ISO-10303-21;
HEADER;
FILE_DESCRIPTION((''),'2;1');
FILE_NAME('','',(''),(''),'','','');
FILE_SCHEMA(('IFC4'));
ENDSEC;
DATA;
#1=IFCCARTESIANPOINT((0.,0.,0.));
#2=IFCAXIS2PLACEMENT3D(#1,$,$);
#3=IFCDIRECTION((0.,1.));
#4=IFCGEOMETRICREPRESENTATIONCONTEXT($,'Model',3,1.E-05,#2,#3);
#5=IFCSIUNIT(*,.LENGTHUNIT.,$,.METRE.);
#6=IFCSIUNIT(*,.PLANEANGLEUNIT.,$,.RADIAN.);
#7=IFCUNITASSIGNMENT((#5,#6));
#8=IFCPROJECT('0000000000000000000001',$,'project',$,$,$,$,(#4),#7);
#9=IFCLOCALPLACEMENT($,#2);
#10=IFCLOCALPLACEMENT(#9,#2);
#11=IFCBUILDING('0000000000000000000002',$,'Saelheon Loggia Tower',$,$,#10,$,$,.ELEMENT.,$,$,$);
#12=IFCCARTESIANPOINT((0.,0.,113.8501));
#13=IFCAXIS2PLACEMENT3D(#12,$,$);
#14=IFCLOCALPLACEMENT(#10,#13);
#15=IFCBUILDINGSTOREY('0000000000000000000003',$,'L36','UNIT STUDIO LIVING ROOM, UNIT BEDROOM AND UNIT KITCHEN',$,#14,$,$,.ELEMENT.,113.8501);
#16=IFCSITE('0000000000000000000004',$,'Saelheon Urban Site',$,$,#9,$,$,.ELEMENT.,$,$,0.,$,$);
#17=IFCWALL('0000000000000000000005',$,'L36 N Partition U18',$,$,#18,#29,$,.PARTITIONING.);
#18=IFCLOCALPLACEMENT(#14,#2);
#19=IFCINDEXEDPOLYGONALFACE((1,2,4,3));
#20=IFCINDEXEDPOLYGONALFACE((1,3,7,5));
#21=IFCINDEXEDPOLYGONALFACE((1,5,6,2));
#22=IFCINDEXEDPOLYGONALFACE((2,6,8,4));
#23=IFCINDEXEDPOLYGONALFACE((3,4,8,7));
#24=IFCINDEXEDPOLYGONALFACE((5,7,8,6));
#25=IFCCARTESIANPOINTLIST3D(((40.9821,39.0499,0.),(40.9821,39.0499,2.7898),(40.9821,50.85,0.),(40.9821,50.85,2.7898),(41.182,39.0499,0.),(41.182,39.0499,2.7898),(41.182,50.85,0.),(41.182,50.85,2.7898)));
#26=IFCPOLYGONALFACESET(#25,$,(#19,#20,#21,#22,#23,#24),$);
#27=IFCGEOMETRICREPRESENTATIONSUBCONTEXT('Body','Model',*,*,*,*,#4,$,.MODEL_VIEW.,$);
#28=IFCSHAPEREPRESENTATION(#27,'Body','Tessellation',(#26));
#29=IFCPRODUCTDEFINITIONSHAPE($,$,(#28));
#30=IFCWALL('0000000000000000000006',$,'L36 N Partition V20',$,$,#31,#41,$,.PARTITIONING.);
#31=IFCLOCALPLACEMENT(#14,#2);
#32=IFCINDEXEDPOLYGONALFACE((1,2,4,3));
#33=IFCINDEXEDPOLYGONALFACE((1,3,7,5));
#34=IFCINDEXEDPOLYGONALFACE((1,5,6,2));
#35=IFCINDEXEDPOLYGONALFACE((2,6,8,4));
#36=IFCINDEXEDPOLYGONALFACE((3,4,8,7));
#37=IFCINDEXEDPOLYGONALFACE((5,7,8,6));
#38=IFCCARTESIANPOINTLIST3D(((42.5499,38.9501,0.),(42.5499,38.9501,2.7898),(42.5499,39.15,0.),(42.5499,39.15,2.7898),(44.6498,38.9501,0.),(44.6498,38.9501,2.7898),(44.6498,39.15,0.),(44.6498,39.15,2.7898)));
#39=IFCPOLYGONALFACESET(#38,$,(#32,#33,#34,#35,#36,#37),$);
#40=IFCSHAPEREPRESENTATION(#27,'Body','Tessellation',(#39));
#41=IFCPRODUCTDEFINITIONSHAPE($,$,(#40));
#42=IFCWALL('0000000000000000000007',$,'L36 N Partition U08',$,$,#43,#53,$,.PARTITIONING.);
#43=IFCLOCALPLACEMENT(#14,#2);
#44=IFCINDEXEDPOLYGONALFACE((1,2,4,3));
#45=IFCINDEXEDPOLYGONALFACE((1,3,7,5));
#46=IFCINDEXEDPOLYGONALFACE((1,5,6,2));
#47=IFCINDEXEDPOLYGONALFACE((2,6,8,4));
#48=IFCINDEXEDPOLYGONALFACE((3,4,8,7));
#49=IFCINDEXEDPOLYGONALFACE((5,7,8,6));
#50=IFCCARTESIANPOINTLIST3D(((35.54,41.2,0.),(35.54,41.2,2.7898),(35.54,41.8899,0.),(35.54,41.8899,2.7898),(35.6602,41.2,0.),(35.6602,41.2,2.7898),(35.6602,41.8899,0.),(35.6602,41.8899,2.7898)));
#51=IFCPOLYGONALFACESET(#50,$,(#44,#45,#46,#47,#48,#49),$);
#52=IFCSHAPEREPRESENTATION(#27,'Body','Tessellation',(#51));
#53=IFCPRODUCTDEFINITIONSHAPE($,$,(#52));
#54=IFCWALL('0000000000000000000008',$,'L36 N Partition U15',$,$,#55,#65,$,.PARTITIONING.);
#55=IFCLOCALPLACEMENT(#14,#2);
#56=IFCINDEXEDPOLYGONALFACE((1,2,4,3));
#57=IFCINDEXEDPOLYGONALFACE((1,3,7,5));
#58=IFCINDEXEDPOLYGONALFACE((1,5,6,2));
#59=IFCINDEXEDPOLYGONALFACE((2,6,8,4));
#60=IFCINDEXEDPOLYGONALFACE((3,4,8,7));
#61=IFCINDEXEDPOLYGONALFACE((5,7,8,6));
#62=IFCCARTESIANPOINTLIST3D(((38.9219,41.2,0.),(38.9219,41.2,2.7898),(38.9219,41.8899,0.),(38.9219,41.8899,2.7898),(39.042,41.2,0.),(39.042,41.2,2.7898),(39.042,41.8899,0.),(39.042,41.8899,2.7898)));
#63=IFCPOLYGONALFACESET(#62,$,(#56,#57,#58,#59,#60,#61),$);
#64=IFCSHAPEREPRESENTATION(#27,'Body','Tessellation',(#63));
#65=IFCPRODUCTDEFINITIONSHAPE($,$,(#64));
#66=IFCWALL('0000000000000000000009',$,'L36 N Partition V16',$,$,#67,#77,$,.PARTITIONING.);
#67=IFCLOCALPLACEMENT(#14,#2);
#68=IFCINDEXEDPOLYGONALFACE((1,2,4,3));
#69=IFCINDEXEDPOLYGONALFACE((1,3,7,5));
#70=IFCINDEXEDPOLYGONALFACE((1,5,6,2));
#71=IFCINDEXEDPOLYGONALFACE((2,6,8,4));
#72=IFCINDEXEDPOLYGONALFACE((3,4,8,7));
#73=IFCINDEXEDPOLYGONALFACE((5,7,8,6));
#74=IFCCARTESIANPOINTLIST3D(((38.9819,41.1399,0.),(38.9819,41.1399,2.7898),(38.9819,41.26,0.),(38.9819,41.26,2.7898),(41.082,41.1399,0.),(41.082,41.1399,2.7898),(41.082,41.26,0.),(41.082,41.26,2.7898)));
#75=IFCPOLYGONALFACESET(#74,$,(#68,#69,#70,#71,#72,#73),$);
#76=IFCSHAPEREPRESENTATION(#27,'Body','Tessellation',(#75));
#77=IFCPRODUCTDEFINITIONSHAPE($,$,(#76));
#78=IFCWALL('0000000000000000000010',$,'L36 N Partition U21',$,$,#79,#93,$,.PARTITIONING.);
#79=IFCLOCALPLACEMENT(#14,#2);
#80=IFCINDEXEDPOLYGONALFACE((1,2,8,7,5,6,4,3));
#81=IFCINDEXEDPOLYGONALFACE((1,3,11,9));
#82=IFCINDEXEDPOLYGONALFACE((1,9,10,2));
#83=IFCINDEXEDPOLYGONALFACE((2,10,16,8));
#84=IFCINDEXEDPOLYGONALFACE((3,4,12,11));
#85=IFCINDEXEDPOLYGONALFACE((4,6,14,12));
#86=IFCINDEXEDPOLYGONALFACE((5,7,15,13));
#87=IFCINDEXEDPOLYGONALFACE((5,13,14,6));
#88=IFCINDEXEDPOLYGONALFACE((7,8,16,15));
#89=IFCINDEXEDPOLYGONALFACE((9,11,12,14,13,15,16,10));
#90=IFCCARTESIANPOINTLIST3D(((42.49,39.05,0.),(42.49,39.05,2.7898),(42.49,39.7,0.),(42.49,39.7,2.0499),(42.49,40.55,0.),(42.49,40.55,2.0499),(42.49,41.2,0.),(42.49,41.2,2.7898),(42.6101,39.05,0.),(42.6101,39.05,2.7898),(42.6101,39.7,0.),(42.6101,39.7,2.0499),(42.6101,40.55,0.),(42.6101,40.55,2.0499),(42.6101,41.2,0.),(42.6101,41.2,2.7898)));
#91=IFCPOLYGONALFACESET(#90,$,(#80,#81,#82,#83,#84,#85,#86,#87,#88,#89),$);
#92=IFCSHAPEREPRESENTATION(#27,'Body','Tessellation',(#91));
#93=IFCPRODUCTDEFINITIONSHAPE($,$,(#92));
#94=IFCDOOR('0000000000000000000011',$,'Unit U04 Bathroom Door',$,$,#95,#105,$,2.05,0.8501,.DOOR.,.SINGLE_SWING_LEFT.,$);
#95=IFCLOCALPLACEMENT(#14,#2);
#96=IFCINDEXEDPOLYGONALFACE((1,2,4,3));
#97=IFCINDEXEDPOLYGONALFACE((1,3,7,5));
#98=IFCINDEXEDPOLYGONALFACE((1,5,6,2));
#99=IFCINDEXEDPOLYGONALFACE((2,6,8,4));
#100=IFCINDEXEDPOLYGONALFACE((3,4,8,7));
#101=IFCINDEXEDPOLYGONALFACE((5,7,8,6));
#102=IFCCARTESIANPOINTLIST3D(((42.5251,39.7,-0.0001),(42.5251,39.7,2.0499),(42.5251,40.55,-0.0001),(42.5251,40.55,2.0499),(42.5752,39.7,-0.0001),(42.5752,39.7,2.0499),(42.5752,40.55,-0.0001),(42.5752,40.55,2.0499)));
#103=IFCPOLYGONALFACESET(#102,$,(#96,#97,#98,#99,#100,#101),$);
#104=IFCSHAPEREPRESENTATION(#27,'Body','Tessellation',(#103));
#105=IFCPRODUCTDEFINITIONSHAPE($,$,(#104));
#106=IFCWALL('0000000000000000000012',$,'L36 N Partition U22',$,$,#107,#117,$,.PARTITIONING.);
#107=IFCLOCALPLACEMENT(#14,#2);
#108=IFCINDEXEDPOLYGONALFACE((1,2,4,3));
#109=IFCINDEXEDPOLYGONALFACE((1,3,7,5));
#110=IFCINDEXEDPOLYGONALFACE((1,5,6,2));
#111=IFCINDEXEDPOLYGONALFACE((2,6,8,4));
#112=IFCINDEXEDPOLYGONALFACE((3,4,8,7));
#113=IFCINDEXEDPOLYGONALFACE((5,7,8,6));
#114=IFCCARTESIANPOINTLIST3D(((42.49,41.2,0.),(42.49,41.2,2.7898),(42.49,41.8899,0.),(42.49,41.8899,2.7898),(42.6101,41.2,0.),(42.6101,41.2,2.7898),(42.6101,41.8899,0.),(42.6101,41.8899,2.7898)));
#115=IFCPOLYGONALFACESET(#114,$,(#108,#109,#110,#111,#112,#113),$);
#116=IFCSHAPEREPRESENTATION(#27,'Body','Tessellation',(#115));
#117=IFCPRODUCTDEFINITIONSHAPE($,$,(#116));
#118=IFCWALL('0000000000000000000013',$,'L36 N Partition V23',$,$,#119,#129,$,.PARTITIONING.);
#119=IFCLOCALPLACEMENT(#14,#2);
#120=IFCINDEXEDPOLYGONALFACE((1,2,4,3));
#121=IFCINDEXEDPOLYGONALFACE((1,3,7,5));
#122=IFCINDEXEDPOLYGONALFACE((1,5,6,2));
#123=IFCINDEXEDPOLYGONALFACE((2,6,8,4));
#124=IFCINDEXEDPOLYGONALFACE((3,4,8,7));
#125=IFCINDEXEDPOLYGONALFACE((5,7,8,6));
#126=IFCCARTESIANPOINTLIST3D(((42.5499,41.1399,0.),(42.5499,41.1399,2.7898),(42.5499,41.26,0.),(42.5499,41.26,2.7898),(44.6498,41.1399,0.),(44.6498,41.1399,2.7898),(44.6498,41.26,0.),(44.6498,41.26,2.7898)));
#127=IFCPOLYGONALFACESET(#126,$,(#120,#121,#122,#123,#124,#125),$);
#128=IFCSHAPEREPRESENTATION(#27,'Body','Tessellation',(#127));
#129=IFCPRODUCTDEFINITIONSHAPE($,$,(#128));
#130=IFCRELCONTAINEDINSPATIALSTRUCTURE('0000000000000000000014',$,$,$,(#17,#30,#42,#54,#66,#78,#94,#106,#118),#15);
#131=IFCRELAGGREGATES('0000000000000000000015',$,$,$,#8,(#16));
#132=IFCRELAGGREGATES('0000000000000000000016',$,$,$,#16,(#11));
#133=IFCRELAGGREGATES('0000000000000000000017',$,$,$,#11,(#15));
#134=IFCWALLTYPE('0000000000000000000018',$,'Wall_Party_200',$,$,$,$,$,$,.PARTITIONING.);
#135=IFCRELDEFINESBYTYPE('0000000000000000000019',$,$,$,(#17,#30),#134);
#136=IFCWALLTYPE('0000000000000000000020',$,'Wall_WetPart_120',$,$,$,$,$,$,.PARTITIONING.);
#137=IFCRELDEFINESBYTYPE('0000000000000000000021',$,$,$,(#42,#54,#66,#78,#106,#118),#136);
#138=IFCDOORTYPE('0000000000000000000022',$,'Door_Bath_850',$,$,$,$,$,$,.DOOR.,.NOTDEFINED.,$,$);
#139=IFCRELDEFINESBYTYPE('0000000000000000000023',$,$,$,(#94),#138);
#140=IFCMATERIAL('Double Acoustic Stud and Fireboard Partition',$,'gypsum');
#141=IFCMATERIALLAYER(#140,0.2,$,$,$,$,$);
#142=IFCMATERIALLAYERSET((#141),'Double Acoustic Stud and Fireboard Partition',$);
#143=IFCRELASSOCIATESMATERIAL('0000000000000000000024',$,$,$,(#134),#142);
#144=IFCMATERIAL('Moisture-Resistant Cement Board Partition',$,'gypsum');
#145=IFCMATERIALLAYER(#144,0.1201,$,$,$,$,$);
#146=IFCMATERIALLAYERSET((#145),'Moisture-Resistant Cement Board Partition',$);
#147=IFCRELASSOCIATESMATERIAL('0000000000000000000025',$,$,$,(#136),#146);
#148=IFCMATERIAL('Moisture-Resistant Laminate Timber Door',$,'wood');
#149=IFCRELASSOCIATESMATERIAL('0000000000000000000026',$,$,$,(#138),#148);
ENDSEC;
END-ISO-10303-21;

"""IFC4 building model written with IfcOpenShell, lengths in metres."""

from ifc_helpers import new_model, si_unit, direction, frame, frame_2d, origin, place, context, subcontext, project, spatial, rectangle, extrude, source, transform, mapped, material, layer, layer_set, type_object, element, fill, save


model = new_model("IFC4")

# Units and contexts
model_context = context("Model", 3, precision=1e-05, world=origin(), true_north=direction((0.0, 1.0)))
body_context = subcontext(model_context, "Body", "Model", "MODEL_VIEW")
ifc_project = project(units=[si_unit("LENGTHUNIT", "METRE"), si_unit("PLANEANGLEUNIT", "RADIAN")], contexts=[model_context])

# Site, building, storey
site_placement = place(None, origin())
site = spatial("IfcSite", under=ifc_project, at=site_placement, Name="Saelheon Urban Site", CompositionType="ELEMENT", RefElevation=0.0)
building_placement = place(site_placement, origin())
building = spatial("IfcBuilding", under=site, at=building_placement, Name="Saelheon Loggia Tower", CompositionType="ELEMENT")
storey_placement = place(building_placement, frame((0.0, 0.0, 113.8501)))
storey = spatial("IfcBuildingStorey", under=building, at=storey_placement, Name="L36", Description="UNIT STUDIO LIVING ROOM, UNIT BEDROOM AND UNIT KITCHEN", CompositionType="ELEMENT", Elevation=113.8501)

# Wall
ifc_material_1 = material(Name="Double Acoustic Stud and Fireboard Partition", Category="gypsum")
ifc_layer_1 = layer(ifc_material_1, 0.2)
ifc_layer_set_1 = layer_set([ifc_layer_1], Name="Double Acoustic Stud and Fireboard Partition")
wall_type_1 = type_object("IfcWallType", Name="Wall_Party_200", PredefinedType="PARTITIONING", material=ifc_layer_set_1)
wall_1_placement = place(storey_placement, frame((41.082, 39.05, 0.0), z_axis=(0.0, 0.0, 1.0), x_axis=(0.0, 1.0, 0.0)))
element("IfcWall", 1, at=wall_1_placement, inside=storey, type_object=wall_type_1, Name="L36 N Partition U18", PredefinedType="PARTITIONING", context=body_context, shape_type="SweptSolid", body=[
    extrude(rectangle(XDim=11.8, YDim=0.2, at=frame_2d((5.8999, 0.0))), origin(), (0.0, 0.0, 1.0), 2.7898),
])

# Walls
wall_2_placement = place(storey_placement, frame((42.55, 39.05, 0.0), z_axis=(0.0, 0.0, 1.0), x_axis=(1.0, 0.0, 0.0)))
element("IfcWall", 2, at=wall_2_placement, inside=storey, type_object=wall_type_1, Name="L36 N Partition V20", PredefinedType="PARTITIONING", context=body_context, shape_type="SweptSolid", body=[
    extrude(rectangle(XDim=2.0999, YDim=0.2, at=frame_2d((1.0498, 0.0))), origin(), (0.0, 0.0, 1.0), 2.7898),
])
ifc_material_2 = material(Name="Moisture-Resistant Cement Board Partition", Category="gypsum")
ifc_layer_2 = layer(ifc_material_2, 0.1201)
ifc_layer_set_2 = layer_set([ifc_layer_2], Name="Moisture-Resistant Cement Board Partition")
wall_type_2 = type_object("IfcWallType", Name="Wall_WetPart_120", PredefinedType="PARTITIONING", material=ifc_layer_set_2)
for number, where, z_axis, x_axis, name in (
    (3, (35.6001, 41.2, 0.0), (0.0, 0.0, 1.0), (0.0, 1.0, 0.0), "L36 N Partition U08"),
    (4, (38.9819, 41.2, 0.0), (0.0, 0.0, 1.0), (0.0, 1.0, 0.0), "L36 N Partition U15"),
):
    element("IfcWall", number, at=place(storey_placement, frame(where, z_axis=z_axis, x_axis=x_axis)), inside=storey, type_object=wall_type_2, Name=name, PredefinedType="PARTITIONING", context=body_context, shape_type="SweptSolid", body=[
        extrude(rectangle(XDim=0.6899, YDim=0.1201, at=frame_2d((0.345, 0.0))), origin(), (0.0, 0.0, 1.0), 2.7898),
    ])
wall_3_placement = place(storey_placement, frame((38.9819, 41.2, 0.0), z_axis=(0.0, 0.0, 1.0), x_axis=(1.0, 0.0, 0.0)))
element("IfcWall", 5, at=wall_3_placement, inside=storey, type_object=wall_type_2, Name="L36 N Partition V16", PredefinedType="PARTITIONING", context=body_context, shape_type="SweptSolid", body=[
    extrude(rectangle(XDim=2.1001, YDim=0.1201, at=frame_2d((1.05, 0.0))), origin(), (0.0, 0.0, 1.0), 2.7898),
])

# Wall, opening, door
wall_4_placement = place(storey_placement, frame((42.55, 39.05, 0.0), z_axis=(0.0, 0.0, 1.0), x_axis=(0.0, 1.0, 0.0)))
wall_4 = element("IfcWall", 6, at=wall_4_placement, inside=storey, type_object=wall_type_2, Name="L36 N Partition U21", PredefinedType="PARTITIONING", context=body_context, shape_type="SweptSolid", body=[
    extrude(rectangle(XDim=2.1499, YDim=0.1201, at=frame_2d((1.075, 0.0))), origin(), (0.0, 0.0, 1.0), 2.7898),
])
opening_1_placement = place(wall_4_placement, frame((0.6499, 0.0, 0.0)))
opening_1 = element("IfcOpeningElement", 7, at=opening_1_placement, cuts=wall_4, PredefinedType="OPENING", context=body_context, shape_type="SweptSolid", body=[
    extrude(rectangle(XDim=0.8501, YDim=2.05, at=frame_2d((0.425, 1.0249))), frame((0.0, 0.072, 0.0), z_axis=(0.0, -1.0, 0.0), x_axis=(1.0, 0.0, 0.0)), (0.0, 0.0, 1.0), 0.144),
])
ifc_material_3 = material(Name="Moisture-Resistant Laminate Timber Door", Category="wood")
door_type_1 = type_object("IfcDoorType", Name="Door_Bath_850", OperationType="NOTDEFINED", PredefinedType="DOOR", material=ifc_material_3)
shared_shape_1 = source(origin(), body_context, "Body", "SweptSolid", [
    extrude(rectangle(XDim=0.8501, YDim=2.05, at=frame_2d((0.425, 1.0249))), frame((0.0, 0.0249, 0.0), z_axis=(0.0, -1.0, 0.0), x_axis=(1.0, 0.0, 0.0)), (0.0, 0.0, 1.0), 0.05),
])
door_1_placement = place(opening_1_placement, origin())
door_1 = element("IfcDoor", 8, at=door_1_placement, inside=storey, type_object=door_type_1, Name="Unit U04 Bathroom Door", OperationType="SINGLE_SWING_LEFT", OverallHeight=2.05, OverallWidth=0.8501, PredefinedType="DOOR", context=body_context, shape_type="MappedRepresentation", body=[
    mapped(shared_shape_1, transform((0.0, 0.0, 0.0), scale=1.0)),
])
fill(opening_1, door_1)

# Walls
wall_5_placement = place(storey_placement, frame((42.55, 41.2, 0.0), z_axis=(0.0, 0.0, 1.0), x_axis=(0.0, 1.0, 0.0)))
element("IfcWall", 9, at=wall_5_placement, inside=storey, type_object=wall_type_2, Name="L36 N Partition U22", PredefinedType="PARTITIONING", context=body_context, shape_type="SweptSolid", body=[
    extrude(rectangle(XDim=0.6899, YDim=0.1201, at=frame_2d((0.345, 0.0))), origin(), (0.0, 0.0, 1.0), 2.7898),
])
wall_6_placement = place(storey_placement, frame((42.55, 41.2, 0.0), z_axis=(0.0, 0.0, 1.0), x_axis=(1.0, 0.0, 0.0)))
element("IfcWall", 10, at=wall_6_placement, inside=storey, type_object=wall_type_2, Name="L36 N Partition V23", PredefinedType="PARTITIONING", context=body_context, shape_type="SweptSolid", body=[
    extrude(rectangle(XDim=2.0999, YDim=0.1201, at=frame_2d((1.0498, 0.0))), origin(), (0.0, 0.0, 1.0), 2.7898),
])

save(model, "model.ifc")
